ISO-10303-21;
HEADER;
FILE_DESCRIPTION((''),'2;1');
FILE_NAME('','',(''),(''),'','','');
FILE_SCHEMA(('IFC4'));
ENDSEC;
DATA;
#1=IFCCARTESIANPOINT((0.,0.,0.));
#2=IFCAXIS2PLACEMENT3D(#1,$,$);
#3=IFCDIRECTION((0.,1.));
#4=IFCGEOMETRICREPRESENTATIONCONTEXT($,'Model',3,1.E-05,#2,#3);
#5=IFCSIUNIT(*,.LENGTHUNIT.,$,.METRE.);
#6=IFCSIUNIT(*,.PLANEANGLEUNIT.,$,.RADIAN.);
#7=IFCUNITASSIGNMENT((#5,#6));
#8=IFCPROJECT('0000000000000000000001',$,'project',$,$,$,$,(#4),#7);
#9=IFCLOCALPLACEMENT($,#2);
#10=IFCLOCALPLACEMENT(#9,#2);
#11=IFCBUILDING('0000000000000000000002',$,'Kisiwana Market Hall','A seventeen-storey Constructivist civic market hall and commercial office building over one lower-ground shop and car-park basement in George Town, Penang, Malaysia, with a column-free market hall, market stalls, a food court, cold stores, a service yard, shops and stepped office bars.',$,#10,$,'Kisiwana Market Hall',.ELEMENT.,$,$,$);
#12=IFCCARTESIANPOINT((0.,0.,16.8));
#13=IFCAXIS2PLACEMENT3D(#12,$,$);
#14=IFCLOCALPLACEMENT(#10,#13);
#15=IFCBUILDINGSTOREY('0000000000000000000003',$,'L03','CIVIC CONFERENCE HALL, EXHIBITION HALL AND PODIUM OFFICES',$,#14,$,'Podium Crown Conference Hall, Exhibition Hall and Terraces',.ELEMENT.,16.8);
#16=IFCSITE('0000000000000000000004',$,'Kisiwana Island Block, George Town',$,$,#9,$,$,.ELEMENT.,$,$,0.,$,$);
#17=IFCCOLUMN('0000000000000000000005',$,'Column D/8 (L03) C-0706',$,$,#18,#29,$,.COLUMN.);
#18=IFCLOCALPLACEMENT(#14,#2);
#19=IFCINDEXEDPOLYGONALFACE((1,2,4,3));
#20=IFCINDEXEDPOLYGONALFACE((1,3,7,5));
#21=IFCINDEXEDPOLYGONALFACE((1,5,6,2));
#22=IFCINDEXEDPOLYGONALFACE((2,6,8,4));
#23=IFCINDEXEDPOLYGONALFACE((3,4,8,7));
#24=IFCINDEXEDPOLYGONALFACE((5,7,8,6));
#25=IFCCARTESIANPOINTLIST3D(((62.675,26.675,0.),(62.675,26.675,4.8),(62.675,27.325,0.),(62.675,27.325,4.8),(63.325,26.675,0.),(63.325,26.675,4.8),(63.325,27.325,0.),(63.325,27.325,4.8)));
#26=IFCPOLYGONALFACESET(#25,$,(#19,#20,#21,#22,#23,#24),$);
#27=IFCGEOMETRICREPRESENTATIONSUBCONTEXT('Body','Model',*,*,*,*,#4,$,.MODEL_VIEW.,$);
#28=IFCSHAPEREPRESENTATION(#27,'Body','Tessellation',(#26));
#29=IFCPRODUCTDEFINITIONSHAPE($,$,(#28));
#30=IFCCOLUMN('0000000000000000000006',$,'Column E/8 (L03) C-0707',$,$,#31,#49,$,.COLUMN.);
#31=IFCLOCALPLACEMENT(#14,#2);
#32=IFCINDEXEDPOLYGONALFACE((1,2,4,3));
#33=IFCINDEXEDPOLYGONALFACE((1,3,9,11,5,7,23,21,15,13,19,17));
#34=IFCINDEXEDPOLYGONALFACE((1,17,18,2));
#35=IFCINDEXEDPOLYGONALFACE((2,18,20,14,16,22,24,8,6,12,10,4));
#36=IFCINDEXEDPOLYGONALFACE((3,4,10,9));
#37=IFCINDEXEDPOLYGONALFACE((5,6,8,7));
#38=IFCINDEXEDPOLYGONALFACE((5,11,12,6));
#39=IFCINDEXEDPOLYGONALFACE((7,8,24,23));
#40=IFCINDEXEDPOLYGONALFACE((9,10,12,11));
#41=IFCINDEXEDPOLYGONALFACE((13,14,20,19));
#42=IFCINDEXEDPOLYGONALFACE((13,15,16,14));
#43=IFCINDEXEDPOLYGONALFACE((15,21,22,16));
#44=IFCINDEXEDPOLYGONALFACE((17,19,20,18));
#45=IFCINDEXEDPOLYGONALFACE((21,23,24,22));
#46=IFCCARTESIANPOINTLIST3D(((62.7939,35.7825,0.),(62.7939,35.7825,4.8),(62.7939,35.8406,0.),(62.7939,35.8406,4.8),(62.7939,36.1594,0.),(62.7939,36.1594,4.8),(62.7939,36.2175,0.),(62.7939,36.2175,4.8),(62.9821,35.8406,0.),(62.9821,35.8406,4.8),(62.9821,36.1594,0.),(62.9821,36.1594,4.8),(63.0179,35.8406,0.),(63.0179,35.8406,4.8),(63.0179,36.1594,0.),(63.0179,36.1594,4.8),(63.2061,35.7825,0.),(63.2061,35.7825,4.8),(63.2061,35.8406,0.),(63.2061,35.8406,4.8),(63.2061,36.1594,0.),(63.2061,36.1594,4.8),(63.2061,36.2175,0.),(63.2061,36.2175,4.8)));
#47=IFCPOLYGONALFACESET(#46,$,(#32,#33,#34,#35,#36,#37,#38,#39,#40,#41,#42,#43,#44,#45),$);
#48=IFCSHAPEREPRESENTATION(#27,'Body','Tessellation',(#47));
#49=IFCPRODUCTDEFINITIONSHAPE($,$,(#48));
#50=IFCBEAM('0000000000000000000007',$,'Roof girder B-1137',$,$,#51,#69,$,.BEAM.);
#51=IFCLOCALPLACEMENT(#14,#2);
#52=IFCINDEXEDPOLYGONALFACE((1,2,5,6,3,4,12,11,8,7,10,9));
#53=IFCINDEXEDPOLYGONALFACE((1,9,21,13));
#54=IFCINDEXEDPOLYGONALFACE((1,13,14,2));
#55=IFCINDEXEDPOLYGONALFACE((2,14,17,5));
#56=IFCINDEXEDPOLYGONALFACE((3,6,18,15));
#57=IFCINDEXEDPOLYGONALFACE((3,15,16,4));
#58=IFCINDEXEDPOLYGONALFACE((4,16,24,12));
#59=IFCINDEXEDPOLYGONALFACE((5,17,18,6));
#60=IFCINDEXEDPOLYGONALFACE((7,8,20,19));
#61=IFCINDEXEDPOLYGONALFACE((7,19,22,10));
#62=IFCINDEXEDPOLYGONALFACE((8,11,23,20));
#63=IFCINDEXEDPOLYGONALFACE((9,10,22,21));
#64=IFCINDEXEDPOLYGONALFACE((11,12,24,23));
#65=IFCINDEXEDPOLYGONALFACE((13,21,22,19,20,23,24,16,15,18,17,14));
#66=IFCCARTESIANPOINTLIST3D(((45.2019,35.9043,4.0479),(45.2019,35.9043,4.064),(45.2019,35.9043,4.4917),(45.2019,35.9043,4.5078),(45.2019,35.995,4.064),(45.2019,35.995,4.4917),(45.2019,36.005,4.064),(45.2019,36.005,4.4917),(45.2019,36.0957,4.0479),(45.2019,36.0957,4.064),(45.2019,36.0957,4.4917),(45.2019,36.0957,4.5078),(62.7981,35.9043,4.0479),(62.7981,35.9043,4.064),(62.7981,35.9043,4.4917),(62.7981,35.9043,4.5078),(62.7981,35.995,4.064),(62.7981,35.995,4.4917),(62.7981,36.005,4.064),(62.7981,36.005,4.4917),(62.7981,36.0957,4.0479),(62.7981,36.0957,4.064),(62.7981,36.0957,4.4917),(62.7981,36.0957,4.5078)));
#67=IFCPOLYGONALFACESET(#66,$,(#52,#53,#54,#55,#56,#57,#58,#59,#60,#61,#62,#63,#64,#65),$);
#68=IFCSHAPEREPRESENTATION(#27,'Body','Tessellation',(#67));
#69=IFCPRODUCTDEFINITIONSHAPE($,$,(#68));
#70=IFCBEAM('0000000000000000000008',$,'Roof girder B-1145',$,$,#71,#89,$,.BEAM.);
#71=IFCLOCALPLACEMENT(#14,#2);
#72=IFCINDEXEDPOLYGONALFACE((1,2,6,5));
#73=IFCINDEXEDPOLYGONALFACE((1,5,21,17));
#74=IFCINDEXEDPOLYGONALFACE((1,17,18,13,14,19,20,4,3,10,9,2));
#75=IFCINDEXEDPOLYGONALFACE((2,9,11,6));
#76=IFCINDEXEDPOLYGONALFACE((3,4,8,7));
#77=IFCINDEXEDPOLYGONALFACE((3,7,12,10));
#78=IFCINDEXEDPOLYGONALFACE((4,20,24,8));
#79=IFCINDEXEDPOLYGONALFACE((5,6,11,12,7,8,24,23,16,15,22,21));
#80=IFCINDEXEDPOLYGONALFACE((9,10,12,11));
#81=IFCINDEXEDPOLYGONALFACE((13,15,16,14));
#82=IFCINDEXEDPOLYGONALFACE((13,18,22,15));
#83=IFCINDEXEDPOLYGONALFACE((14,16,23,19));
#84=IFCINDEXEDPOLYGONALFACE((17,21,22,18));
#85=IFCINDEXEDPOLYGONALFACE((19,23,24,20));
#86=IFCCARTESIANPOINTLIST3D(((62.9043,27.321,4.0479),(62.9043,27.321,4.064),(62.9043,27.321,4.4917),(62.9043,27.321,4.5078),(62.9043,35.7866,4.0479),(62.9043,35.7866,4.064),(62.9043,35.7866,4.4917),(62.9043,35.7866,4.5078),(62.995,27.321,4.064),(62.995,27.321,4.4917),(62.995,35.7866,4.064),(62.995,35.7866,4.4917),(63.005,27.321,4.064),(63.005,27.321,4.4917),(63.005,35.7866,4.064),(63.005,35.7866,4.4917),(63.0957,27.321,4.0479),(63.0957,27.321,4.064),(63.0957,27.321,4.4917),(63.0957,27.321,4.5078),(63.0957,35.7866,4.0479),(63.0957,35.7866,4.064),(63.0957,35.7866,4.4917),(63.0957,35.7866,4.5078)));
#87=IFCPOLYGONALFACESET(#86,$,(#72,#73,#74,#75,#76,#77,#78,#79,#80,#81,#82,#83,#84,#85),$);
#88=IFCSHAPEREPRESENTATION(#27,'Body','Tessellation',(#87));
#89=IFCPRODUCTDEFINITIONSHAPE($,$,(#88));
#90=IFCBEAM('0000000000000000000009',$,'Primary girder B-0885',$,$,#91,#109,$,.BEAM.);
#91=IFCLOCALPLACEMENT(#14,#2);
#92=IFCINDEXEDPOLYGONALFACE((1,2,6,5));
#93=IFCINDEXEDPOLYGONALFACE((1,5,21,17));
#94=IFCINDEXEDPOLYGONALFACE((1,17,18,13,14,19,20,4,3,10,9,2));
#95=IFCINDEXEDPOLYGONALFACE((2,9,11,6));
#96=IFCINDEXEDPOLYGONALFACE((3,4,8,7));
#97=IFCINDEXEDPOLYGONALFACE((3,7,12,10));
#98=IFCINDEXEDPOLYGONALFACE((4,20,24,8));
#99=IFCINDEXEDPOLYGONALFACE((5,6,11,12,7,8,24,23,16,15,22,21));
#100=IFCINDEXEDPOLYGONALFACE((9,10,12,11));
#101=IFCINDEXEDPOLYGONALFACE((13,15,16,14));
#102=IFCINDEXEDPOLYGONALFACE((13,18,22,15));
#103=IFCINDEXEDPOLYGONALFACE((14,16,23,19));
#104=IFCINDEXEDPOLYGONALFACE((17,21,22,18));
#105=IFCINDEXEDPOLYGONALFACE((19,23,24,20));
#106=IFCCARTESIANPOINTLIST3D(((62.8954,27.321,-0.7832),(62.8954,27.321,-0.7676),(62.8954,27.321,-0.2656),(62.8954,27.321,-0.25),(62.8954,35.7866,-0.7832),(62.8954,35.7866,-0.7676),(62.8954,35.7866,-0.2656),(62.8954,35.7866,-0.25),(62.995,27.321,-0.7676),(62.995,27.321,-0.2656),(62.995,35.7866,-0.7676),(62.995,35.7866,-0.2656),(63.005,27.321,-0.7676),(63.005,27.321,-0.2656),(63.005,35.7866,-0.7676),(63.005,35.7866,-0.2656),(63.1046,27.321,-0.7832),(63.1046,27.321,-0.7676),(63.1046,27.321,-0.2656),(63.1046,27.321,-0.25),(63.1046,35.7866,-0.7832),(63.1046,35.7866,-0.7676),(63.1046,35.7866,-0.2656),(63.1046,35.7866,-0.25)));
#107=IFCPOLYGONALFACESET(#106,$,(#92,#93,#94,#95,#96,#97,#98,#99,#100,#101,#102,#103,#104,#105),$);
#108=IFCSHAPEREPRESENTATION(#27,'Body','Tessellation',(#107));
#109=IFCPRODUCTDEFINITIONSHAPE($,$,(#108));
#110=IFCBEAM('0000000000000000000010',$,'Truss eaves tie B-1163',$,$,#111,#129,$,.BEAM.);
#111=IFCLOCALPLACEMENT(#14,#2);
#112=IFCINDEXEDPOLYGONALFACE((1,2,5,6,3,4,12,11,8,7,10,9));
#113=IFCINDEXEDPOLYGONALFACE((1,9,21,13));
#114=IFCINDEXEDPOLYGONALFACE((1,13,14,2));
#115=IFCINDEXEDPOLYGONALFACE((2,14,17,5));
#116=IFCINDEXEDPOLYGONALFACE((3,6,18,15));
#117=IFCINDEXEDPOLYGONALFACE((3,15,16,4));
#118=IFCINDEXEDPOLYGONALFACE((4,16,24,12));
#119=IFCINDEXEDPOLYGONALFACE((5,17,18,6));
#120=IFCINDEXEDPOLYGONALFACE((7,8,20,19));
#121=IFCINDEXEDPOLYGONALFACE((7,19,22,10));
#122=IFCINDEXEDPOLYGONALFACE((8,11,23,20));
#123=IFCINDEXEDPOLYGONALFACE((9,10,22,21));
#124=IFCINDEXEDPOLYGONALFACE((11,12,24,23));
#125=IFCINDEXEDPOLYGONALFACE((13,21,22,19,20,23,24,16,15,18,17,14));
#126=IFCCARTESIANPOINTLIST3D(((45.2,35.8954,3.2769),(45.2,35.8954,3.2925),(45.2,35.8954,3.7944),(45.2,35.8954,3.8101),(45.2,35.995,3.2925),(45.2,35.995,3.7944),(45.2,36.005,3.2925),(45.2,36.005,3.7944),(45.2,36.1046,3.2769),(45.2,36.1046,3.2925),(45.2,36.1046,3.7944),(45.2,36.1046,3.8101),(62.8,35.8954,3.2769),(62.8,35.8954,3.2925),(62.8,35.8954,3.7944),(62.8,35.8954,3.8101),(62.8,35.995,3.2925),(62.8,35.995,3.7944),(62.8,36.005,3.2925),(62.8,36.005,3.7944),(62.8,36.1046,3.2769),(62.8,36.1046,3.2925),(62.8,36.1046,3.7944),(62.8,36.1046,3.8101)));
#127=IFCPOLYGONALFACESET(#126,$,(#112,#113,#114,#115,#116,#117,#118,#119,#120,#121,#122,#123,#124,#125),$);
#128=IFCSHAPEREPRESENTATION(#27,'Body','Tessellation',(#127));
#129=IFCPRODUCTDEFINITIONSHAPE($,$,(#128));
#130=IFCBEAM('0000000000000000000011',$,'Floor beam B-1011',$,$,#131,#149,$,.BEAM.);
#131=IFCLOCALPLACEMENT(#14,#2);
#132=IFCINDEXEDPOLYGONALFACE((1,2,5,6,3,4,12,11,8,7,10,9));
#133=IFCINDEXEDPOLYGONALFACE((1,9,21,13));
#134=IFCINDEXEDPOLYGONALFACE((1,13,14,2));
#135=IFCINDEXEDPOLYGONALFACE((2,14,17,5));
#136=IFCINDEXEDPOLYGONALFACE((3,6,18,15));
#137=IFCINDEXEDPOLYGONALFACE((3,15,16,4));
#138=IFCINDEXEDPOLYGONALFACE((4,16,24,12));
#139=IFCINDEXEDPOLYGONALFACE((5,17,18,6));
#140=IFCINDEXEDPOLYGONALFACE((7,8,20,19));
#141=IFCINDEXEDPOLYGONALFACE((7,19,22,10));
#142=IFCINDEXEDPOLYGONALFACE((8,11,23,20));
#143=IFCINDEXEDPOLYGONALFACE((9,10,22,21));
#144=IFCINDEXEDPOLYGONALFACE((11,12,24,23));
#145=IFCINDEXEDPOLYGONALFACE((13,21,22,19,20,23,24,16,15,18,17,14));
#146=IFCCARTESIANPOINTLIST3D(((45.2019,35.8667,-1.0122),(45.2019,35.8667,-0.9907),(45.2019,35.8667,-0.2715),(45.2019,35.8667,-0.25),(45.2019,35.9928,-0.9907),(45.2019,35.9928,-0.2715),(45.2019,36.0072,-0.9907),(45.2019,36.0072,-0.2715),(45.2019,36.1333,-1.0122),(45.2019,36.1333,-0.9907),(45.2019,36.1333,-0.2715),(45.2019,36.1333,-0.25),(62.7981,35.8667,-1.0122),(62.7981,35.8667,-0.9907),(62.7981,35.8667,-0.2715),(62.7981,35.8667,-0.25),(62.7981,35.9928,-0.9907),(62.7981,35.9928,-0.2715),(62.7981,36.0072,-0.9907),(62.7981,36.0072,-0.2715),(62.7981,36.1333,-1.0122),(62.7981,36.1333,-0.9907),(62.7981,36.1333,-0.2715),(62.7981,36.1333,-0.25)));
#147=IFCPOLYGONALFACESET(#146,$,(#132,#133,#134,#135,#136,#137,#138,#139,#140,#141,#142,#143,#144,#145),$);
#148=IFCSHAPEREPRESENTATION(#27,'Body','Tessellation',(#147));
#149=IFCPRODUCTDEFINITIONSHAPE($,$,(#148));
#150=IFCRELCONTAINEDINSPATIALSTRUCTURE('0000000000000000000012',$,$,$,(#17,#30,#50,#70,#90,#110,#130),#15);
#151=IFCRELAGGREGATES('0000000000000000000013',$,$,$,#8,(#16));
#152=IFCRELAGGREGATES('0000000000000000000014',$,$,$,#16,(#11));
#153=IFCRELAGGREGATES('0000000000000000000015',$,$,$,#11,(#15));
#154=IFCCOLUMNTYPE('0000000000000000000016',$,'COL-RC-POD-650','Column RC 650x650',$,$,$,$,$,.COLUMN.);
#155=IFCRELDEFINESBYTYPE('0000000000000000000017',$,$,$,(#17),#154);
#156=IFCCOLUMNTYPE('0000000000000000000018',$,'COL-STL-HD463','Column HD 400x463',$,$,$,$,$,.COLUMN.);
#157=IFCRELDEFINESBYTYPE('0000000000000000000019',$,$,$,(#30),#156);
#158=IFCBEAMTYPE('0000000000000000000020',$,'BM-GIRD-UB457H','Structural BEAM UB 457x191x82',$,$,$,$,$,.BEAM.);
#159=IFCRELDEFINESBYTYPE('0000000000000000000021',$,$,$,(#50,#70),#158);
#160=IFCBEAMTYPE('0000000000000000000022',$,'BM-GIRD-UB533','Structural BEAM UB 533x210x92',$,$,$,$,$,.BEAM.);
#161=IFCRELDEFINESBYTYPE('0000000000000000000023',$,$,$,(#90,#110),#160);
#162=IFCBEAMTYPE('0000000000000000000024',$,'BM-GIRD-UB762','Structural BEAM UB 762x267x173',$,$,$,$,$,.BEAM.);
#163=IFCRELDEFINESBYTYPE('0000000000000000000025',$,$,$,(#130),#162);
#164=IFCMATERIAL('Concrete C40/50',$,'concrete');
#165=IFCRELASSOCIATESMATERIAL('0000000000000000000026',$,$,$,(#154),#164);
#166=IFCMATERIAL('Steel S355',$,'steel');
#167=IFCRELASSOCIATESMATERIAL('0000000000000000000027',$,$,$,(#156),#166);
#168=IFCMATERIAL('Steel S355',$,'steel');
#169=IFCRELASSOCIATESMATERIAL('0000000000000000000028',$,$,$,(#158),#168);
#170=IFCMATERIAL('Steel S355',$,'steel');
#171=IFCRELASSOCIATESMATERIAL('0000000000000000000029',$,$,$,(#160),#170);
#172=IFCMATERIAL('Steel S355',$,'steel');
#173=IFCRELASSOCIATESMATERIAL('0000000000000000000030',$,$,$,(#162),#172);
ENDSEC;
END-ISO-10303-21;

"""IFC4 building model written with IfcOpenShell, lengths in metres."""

from ifc_helpers import new_model, si_unit, direction, frame, origin, origin_2d, place, context, subcontext, project, spatial, rectangle, i_section, extrude, material, material_profile, profile_set, type_object, element, save


model = new_model("IFC4")

# Units and contexts
model_context = context("Model", 3, precision=1e-05, world=origin(), true_north=direction((0.0, 1.0)))
body_context = subcontext(model_context, "Body", "Model", "MODEL_VIEW")
ifc_project = project(units=[si_unit("LENGTHUNIT", "METRE"), si_unit("PLANEANGLEUNIT", "RADIAN")], contexts=[model_context])

# Site, building, storey
site_placement = place(None, origin())
site = spatial("IfcSite", under=ifc_project, at=site_placement, Name="Kisiwana Island Block, George Town", CompositionType="ELEMENT", RefElevation=0.0)
building_placement = place(site_placement, origin())
building = spatial("IfcBuilding", under=site, at=building_placement, Name="Kisiwana Market Hall", Description="A seventeen-storey Constructivist civic market hall and commercial office building over one lower-ground shop and car-park basement in George Town, Penang, Malaysia, with a column-free market hall, market stalls, a food court, cold stores, a service yard, shops and stepped office bars.", LongName="Kisiwana Market Hall", CompositionType="ELEMENT")
storey_placement = place(building_placement, frame((0.0, 0.0, 16.8)))
storey = spatial("IfcBuildingStorey", under=building, at=storey_placement, Name="L03", Description="CIVIC CONFERENCE HALL, EXHIBITION HALL AND PODIUM OFFICES", LongName="Podium Crown Conference Hall, Exhibition Hall and Terraces", CompositionType="ELEMENT", Elevation=16.8)

# Columns
ifc_material_1 = material(Name="Concrete C40/50", Category="concrete")
ifc_material_profile_1 = material_profile(ifc_material_1, rectangle(XDim=0.6499, YDim=0.6499, at=origin_2d()), Name="RC 650x650")
ifc_profile_set_1 = profile_set([ifc_material_profile_1], Name="Concrete C40/50")
column_type_1 = type_object("IfcColumnType", Name="COL-RC-POD-650", Description="Column RC 650x650", PredefinedType="COLUMN", material=ifc_profile_set_1)
column_1_placement = place(storey_placement, frame((63.0, 27.0, 0.0), z_axis=(0.0, 0.0, 1.0), x_axis=(1.0, 0.0, 0.0)))
element("IfcColumn", 1, at=column_1_placement, inside=storey, type_object=column_type_1, Name="Column D/8 (L03) C-0706", PredefinedType="COLUMN", context=body_context, shape_type="SweptSolid", body=[
    extrude(rectangle(XDim=0.6499, YDim=0.6499, at=origin_2d()), origin(), (0.0, 0.0, 1.0), 4.8),
])
ifc_material_2 = material(Name="Steel S355", Category="steel")
ifc_material_profile_2 = material_profile(ifc_material_2, i_section(OverallWidth=0.4121, OverallDepth=0.4351, WebThickness=0.0359, FlangeThickness=0.0581, at=origin_2d()), Name="HD 400x463")
ifc_profile_set_2 = profile_set([ifc_material_profile_2], Name="Steel S355")
column_type_2 = type_object("IfcColumnType", Name="COL-STL-HD463", Description="Column HD 400x463", PredefinedType="COLUMN", material=ifc_profile_set_2)
column_2_placement = place(storey_placement, frame((63.0, 36.0, 0.0), z_axis=(0.0, 0.0, 1.0), x_axis=(1.0, 0.0, 0.0)))
element("IfcColumn", 2, at=column_2_placement, inside=storey, type_object=column_type_2, Name="Column E/8 (L03) C-0707", PredefinedType="COLUMN", context=body_context, shape_type="SweptSolid", body=[
    extrude(i_section(OverallWidth=0.4121, OverallDepth=0.4351, WebThickness=0.0359, FlangeThickness=0.0581, at=origin_2d()), origin(), (0.0, 0.0, 1.0), 4.8),
])

# Beams
ifc_material_3 = material(Name="Steel S355", Category="steel")
ifc_material_profile_3 = material_profile(ifc_material_3, i_section(OverallWidth=0.1914, OverallDepth=0.46, WebThickness=0.01, FlangeThickness=0.0161, at=origin_2d()), Name="UB 457x191x82")
ifc_profile_set_3 = profile_set([ifc_material_profile_3], Name="Steel S355")
beam_type_1 = type_object("IfcBeamType", Name="BM-GIRD-UB457H", Description="Structural BEAM UB 457x191x82", PredefinedType="BEAM", material=ifc_profile_set_3)
beam_1_placement = place(storey_placement, frame((45.2019, 36.0, 4.2778), z_axis=(1.0, 0.0, 0.0), x_axis=(0.0, 1.0, 0.0)))
element("IfcBeam", 3, at=beam_1_placement, inside=storey, type_object=beam_type_1, Name="Roof girder B-1137", PredefinedType="BEAM", context=body_context, shape_type="SweptSolid", body=[
    extrude(i_section(OverallWidth=0.1914, OverallDepth=0.46, WebThickness=0.01, FlangeThickness=0.0161, at=origin_2d()), origin(), (0.0, 0.0, 1.0), 17.5962),
])
beam_2_placement = place(storey_placement, frame((63.0, 27.321, 4.2778), z_axis=(0.0, 1.0, 0.0), x_axis=(-1.0, 0.0, 0.0)))
element("IfcBeam", 4, at=beam_2_placement, inside=storey, type_object=beam_type_1, Name="Roof girder B-1145", PredefinedType="BEAM", context=body_context, shape_type="SweptSolid", body=[
    extrude(i_section(OverallWidth=0.1914, OverallDepth=0.46, WebThickness=0.01, FlangeThickness=0.0161, at=origin_2d()), origin(), (0.0, 0.0, 1.0), 8.4656),
])
ifc_material_4 = material(Name="Steel S355", Category="steel")
ifc_material_profile_4 = material_profile(ifc_material_4, i_section(OverallWidth=0.2092, OverallDepth=0.5332, WebThickness=0.01, FlangeThickness=0.0156, at=origin_2d()), Name="UB 533x210x92")
ifc_profile_set_4 = profile_set([ifc_material_profile_4], Name="Steel S355")
beam_type_2 = type_object("IfcBeamType", Name="BM-GIRD-UB533", Description="Structural BEAM UB 533x210x92", PredefinedType="BEAM", material=ifc_profile_set_4)
beam_3_placement = place(storey_placement, frame((63.0, 27.321, -0.5166), z_axis=(0.0, 1.0, 0.0), x_axis=(-1.0, 0.0, 0.0)))
element("IfcBeam", 5, at=beam_3_placement, inside=storey, type_object=beam_type_2, Name="Primary girder B-0885", PredefinedType="BEAM", context=body_context, shape_type="SweptSolid", body=[
    extrude(i_section(OverallWidth=0.2092, OverallDepth=0.5332, WebThickness=0.01, FlangeThickness=0.0156, at=origin_2d()), origin(), (0.0, 0.0, 1.0), 8.4656),
])
beam_4_placement = place(storey_placement, frame((45.2, 36.0, 3.5435), z_axis=(1.0, 0.0, 0.0), x_axis=(0.0, 1.0, 0.0)))
element("IfcBeam", 6, at=beam_4_placement, inside=storey, type_object=beam_type_2, Name="Truss eaves tie B-1163", PredefinedType="BEAM", context=body_context, shape_type="SweptSolid", body=[
    extrude(i_section(OverallWidth=0.2092, OverallDepth=0.5332, WebThickness=0.01, FlangeThickness=0.0156, at=origin_2d()), origin(), (0.0, 0.0, 1.0), 17.6001),
])
ifc_material_5 = material(Name="Steel S355", Category="steel")
ifc_material_profile_5 = material_profile(ifc_material_5, i_section(OverallWidth=0.2666, OverallDepth=0.7622, WebThickness=0.0144, FlangeThickness=0.0215, at=origin_2d()), Name="UB 762x267x173")
ifc_profile_set_5 = profile_set([ifc_material_profile_5], Name="Steel S355")
beam_type_3 = type_object("IfcBeamType", Name="BM-GIRD-UB762", Description="Structural BEAM UB 762x267x173", PredefinedType="BEAM", material=ifc_profile_set_5)
beam_5_placement = place(storey_placement, frame((45.2019, 36.0, -0.6311), z_axis=(1.0, 0.0, 0.0), x_axis=(0.0, 1.0, 0.0)))
element("IfcBeam", 7, at=beam_5_placement, inside=storey, type_object=beam_type_3, Name="Floor beam B-1011", PredefinedType="BEAM", context=body_context, shape_type="SweptSolid", body=[
    extrude(i_section(OverallWidth=0.2666, OverallDepth=0.7622, WebThickness=0.0144, FlangeThickness=0.0215, at=origin_2d()), origin(), (0.0, 0.0, 1.0), 17.5962),
])

save(model, "model.ifc")
